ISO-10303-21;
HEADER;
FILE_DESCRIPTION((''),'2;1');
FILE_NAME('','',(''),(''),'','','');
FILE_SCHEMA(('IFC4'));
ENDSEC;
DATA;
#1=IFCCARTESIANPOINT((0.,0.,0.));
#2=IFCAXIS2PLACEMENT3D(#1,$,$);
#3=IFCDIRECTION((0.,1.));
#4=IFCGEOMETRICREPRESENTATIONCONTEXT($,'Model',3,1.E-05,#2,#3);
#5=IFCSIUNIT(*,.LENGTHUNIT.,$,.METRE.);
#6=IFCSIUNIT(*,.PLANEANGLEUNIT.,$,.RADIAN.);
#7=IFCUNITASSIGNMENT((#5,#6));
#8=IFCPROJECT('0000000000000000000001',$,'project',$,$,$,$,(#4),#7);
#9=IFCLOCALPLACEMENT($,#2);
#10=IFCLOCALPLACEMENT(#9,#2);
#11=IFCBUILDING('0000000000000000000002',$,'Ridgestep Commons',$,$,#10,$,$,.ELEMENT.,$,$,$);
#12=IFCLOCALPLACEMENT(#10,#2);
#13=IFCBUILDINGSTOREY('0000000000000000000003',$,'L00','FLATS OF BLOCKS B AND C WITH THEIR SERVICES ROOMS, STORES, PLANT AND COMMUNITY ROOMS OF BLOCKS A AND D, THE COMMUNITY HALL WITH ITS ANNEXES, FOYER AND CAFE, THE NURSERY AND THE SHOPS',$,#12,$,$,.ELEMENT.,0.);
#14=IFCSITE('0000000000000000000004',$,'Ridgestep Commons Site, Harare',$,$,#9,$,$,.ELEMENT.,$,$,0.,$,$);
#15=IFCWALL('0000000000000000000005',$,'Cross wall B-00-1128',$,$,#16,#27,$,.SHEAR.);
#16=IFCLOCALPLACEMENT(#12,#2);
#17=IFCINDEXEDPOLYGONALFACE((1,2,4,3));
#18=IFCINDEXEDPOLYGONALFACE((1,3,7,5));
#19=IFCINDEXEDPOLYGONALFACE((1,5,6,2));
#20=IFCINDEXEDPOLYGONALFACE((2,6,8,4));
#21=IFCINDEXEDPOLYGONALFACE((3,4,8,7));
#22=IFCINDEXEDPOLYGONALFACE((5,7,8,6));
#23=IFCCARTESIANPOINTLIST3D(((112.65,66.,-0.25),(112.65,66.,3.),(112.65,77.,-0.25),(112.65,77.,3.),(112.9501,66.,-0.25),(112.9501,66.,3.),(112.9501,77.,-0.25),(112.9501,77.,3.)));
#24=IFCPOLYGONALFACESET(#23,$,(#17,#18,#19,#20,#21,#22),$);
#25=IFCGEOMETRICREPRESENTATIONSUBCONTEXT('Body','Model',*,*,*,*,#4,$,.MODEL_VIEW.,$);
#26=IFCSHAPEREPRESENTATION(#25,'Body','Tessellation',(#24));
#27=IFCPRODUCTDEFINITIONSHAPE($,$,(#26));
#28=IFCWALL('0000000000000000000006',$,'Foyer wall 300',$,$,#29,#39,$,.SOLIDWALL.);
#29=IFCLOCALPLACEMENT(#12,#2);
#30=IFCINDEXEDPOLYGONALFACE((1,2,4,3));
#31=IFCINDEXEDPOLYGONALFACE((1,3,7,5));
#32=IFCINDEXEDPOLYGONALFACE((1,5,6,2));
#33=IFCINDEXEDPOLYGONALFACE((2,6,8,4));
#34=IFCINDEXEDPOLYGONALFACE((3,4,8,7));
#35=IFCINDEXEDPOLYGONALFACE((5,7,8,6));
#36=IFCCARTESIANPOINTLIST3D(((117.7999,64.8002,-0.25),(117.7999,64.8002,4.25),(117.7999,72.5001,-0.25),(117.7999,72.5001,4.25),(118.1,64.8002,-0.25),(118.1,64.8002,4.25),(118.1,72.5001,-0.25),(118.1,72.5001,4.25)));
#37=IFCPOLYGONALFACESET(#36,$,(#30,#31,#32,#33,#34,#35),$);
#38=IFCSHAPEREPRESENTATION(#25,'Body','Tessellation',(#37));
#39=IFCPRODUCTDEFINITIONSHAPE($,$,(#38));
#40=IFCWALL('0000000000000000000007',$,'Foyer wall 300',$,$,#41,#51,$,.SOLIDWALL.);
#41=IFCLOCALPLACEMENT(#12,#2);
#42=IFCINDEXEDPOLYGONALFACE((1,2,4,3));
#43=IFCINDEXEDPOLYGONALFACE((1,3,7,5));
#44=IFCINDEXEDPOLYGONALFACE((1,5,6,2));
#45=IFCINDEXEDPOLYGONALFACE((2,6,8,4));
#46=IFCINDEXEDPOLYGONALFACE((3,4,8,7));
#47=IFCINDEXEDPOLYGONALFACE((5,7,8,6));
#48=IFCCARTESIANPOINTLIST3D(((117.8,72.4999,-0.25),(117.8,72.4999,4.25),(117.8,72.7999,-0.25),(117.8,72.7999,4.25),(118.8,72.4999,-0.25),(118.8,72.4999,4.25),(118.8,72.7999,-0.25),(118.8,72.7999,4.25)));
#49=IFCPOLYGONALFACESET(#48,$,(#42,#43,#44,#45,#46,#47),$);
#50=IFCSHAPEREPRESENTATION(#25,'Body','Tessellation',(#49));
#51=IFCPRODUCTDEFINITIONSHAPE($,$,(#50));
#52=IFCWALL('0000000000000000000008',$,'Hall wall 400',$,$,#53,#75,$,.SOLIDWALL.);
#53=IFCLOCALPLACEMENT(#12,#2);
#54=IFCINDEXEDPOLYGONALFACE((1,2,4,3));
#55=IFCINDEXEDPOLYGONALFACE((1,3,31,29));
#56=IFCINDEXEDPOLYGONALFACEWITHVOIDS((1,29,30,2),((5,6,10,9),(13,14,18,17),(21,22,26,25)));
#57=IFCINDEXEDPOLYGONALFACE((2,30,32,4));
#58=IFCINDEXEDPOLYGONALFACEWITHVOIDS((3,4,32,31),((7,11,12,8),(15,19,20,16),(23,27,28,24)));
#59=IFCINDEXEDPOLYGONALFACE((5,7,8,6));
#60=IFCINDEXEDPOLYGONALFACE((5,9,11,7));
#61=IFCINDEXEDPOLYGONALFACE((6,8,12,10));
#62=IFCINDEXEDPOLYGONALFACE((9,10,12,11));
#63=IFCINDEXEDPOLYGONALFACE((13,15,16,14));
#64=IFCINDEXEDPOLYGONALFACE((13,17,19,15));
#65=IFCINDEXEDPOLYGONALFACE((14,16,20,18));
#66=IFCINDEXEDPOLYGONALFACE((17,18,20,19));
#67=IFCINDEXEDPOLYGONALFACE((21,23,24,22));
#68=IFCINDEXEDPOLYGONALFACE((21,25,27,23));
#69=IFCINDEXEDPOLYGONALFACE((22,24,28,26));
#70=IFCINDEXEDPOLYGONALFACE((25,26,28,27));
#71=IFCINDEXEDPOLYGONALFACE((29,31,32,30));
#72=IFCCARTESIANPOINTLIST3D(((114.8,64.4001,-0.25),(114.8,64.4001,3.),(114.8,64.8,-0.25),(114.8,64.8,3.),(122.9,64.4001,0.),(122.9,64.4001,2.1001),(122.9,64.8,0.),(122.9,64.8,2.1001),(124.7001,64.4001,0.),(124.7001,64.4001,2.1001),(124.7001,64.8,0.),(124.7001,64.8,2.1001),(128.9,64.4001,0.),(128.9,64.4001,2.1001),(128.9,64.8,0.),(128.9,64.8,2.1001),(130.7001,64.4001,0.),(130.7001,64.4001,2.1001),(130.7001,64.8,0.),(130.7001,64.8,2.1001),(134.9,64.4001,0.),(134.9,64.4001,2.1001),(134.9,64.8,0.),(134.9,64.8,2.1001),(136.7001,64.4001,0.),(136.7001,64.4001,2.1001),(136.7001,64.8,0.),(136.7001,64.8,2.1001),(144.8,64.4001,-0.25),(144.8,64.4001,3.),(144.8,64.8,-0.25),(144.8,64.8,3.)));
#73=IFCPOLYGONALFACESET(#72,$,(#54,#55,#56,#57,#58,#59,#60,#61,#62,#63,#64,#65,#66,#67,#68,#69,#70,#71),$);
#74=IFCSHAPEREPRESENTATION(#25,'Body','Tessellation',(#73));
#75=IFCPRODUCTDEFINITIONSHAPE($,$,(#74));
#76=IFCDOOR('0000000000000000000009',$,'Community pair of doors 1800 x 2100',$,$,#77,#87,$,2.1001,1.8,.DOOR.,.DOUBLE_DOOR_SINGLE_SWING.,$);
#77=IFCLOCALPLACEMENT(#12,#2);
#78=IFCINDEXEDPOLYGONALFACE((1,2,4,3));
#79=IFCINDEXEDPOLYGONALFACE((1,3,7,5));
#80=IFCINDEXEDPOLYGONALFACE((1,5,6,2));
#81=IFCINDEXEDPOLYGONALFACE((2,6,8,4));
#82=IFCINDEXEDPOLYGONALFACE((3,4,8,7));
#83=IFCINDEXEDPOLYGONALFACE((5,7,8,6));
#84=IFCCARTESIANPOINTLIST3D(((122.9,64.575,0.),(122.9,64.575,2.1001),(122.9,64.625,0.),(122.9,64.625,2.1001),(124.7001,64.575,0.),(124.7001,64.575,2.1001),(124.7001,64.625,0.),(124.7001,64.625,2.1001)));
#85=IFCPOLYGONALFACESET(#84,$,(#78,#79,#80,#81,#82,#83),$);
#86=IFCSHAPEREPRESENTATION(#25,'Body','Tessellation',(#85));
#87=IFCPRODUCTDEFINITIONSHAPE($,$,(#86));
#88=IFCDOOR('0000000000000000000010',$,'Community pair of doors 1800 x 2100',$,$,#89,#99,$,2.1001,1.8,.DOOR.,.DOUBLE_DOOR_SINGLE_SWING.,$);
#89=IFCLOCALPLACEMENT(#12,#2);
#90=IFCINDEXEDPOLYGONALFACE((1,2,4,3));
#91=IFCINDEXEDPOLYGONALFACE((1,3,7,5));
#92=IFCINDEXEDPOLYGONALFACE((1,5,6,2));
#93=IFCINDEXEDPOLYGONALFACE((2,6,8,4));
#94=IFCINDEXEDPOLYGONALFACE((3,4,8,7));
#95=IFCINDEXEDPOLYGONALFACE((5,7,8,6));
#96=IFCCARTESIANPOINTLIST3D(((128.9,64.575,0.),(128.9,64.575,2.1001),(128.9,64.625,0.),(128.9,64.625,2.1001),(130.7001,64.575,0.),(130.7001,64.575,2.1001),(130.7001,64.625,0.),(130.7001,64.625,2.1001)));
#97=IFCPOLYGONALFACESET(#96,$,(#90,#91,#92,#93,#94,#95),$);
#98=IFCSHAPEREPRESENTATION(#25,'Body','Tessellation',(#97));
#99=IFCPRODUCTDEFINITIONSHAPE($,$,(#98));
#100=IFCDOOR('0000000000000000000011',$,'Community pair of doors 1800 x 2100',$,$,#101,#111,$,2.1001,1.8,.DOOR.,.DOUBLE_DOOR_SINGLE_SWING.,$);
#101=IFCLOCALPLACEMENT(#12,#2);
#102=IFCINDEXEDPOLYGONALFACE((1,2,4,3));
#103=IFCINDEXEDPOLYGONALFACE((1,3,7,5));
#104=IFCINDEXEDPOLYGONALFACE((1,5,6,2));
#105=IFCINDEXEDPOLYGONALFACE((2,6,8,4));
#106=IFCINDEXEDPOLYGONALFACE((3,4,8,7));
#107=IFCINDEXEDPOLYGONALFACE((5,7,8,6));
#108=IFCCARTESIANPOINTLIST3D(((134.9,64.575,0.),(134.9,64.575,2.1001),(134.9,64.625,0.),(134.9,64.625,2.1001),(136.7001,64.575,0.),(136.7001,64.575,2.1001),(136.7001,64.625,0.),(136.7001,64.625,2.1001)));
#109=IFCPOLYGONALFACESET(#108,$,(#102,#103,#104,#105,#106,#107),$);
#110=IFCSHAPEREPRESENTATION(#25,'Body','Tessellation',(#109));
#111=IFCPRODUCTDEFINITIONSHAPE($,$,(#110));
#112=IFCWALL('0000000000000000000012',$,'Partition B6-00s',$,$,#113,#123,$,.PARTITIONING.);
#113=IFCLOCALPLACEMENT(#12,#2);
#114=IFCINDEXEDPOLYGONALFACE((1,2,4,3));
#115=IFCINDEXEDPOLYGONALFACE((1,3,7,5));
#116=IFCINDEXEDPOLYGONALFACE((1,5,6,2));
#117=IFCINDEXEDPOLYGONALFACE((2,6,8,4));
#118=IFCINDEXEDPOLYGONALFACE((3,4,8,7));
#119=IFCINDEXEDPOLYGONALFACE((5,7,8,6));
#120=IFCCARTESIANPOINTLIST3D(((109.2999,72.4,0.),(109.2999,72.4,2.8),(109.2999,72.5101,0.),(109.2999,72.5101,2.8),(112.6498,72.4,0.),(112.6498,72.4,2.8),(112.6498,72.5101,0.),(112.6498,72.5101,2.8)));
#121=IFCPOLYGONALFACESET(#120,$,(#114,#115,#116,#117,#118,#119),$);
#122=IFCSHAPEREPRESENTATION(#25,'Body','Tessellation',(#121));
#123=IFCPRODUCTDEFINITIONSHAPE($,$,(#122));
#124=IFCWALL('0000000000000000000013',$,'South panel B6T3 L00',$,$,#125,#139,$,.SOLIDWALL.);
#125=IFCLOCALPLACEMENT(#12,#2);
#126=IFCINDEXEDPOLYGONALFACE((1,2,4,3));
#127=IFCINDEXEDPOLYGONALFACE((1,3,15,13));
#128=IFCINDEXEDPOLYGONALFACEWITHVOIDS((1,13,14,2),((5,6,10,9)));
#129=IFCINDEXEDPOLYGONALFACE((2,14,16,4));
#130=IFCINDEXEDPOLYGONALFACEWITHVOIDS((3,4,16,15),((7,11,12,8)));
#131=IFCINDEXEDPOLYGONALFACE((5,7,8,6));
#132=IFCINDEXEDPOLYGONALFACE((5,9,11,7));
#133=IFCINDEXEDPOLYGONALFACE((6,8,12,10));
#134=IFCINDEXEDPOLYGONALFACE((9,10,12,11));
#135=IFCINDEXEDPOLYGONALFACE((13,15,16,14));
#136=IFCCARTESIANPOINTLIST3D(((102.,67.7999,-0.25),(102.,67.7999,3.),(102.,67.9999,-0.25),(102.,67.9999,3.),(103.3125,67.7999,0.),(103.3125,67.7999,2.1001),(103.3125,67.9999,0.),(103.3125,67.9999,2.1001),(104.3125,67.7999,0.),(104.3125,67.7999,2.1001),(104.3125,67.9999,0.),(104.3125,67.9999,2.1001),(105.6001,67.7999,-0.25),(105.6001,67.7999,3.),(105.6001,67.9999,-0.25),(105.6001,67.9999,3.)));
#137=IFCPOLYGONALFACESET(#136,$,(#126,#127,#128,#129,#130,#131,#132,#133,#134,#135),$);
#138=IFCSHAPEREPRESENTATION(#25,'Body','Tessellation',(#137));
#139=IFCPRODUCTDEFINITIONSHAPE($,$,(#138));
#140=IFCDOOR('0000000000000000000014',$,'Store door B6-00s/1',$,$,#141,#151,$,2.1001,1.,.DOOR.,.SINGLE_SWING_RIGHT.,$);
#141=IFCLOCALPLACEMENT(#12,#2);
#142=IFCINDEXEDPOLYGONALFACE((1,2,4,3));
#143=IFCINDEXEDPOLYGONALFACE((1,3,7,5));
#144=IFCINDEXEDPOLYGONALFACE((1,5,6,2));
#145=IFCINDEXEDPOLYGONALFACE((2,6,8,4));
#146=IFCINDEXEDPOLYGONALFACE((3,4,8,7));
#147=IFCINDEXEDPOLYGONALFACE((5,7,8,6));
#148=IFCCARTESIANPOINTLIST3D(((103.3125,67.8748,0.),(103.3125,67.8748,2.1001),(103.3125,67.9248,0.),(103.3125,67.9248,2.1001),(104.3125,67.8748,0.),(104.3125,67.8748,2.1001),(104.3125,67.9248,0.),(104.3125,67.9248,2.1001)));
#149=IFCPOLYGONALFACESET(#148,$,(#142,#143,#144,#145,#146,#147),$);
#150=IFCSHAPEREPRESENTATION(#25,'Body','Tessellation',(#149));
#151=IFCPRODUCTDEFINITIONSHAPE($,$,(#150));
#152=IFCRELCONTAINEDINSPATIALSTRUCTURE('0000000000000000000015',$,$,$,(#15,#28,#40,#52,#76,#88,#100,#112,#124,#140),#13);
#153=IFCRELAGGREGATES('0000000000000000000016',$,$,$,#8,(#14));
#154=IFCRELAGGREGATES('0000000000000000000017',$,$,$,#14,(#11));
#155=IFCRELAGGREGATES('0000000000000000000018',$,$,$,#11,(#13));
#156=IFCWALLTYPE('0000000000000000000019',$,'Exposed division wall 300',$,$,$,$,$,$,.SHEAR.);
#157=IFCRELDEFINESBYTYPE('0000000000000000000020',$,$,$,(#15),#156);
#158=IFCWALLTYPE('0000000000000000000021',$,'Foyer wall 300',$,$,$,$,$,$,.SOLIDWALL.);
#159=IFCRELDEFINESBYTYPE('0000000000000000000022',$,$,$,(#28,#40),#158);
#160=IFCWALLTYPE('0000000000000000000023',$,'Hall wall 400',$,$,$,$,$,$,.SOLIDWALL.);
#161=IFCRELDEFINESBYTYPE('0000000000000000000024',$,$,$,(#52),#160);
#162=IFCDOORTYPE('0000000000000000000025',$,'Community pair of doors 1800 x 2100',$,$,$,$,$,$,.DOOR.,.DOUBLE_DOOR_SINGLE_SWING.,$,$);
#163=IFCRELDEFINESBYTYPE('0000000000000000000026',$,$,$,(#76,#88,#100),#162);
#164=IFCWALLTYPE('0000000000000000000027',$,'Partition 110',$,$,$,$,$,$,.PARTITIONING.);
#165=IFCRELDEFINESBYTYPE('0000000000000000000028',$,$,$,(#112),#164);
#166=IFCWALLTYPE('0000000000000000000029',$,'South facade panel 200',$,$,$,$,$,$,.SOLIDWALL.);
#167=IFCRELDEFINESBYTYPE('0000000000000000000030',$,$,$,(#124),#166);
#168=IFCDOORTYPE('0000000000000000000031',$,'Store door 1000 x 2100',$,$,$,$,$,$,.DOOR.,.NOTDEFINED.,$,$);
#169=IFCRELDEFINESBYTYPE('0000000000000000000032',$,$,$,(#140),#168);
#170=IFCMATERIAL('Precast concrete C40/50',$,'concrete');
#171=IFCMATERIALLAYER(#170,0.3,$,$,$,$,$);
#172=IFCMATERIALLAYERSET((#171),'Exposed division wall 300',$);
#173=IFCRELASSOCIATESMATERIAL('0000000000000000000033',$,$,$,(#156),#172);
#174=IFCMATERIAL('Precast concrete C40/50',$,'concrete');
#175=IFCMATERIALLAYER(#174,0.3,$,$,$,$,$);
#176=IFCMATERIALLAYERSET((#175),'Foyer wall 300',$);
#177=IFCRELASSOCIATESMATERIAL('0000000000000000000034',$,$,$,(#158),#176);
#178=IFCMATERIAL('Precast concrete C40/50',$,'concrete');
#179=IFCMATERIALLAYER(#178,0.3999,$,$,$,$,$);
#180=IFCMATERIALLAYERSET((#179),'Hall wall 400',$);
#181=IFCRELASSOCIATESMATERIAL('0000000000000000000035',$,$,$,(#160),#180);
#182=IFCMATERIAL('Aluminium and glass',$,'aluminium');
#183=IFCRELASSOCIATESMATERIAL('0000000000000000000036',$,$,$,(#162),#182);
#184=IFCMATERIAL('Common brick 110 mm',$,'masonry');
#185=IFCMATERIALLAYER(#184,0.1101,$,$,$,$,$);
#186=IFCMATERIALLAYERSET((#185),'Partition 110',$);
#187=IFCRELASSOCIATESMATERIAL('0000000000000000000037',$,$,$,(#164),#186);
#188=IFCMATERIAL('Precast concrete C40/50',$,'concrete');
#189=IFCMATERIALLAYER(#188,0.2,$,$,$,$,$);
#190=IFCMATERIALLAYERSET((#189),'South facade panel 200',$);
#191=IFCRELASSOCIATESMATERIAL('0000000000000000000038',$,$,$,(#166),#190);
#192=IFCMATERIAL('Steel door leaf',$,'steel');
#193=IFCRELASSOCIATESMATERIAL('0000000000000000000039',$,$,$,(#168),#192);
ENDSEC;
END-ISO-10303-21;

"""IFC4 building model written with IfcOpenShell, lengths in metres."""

from ifc_helpers import new_model, si_unit, direction, frame, frame_2d, origin, place, context, subcontext, project, spatial, rectangle, extrude, material, layer, layer_set, type_object, element, fill, save


model = new_model("IFC4")

# Units and contexts
model_context = context("Model", 3, precision=1e-05, world=origin(), true_north=direction((0.0, 1.0)))
body_context = subcontext(model_context, "Body", "Model", "MODEL_VIEW")
ifc_project = project(units=[si_unit("LENGTHUNIT", "METRE"), si_unit("PLANEANGLEUNIT", "RADIAN")], contexts=[model_context])

# Site, building, storey
site_placement = place(None, origin())
site = spatial("IfcSite", under=ifc_project, at=site_placement, Name="Ridgestep Commons Site, Harare", CompositionType="ELEMENT", RefElevation=0.0)
building_placement = place(site_placement, origin())
building = spatial("IfcBuilding", under=site, at=building_placement, Name="Ridgestep Commons", CompositionType="ELEMENT")
storey_placement = place(building_placement, origin())
storey = spatial("IfcBuildingStorey", under=building, at=storey_placement, Name="L00", Description="FLATS OF BLOCKS B AND C WITH THEIR SERVICES ROOMS, STORES, PLANT AND COMMUNITY ROOMS OF BLOCKS A AND D, THE COMMUNITY HALL WITH ITS ANNEXES, FOYER AND CAFE, THE NURSERY AND THE SHOPS", CompositionType="ELEMENT", Elevation=0.0)

# Walls
ifc_material_1 = material(Name="Precast concrete C40/50", Category="concrete")
ifc_layer_1 = layer(ifc_material_1, 0.3)
ifc_layer_set_1 = layer_set([ifc_layer_1], Name="Exposed division wall 300")
wall_type_1 = type_object("IfcWallType", Name="Exposed division wall 300", PredefinedType="SHEAR", material=ifc_layer_set_1)
wall_1_placement = place(storey_placement, frame((112.8, 66.0, -0.25), z_axis=(0.0, 0.0, 1.0), x_axis=(0.0, 1.0, 0.0)))
element("IfcWall", 1, at=wall_1_placement, inside=storey, type_object=wall_type_1, Name="Cross wall B-00-1128", PredefinedType="SHEAR", context=body_context, shape_type="SweptSolid", body=[
    extrude(rectangle(XDim=11.0, YDim=0.3, at=frame_2d((5.5, 0.0))), origin(), (0.0, 0.0, 1.0), 3.25),
])
ifc_material_2 = material(Name="Precast concrete C40/50", Category="concrete")
ifc_layer_2 = layer(ifc_material_2, 0.3)
ifc_layer_set_2 = layer_set([ifc_layer_2], Name="Foyer wall 300")
wall_type_2 = type_object("IfcWallType", Name="Foyer wall 300", PredefinedType="SOLIDWALL", material=ifc_layer_set_2)
wall_2_placement = place(storey_placement, frame((117.95, 64.8, -0.25), z_axis=(0.0, 0.0, 1.0), x_axis=(0.0, 1.0, 0.0)))
element("IfcWall", 2, at=wall_2_placement, inside=storey, type_object=wall_type_2, Name="Foyer wall 300", PredefinedType="SOLIDWALL", context=body_context, shape_type="SweptSolid", body=[
    extrude(rectangle(XDim=7.7, YDim=0.3, at=frame_2d((3.8501, 0.0))), origin(), (0.0, 0.0, 1.0), 4.5),
])
wall_3_placement = place(storey_placement, frame((117.8, 72.6499, -0.25), z_axis=(0.0, 0.0, 1.0), x_axis=(1.0, 0.0, 0.0)))
element("IfcWall", 3, at=wall_3_placement, inside=storey, type_object=wall_type_2, Name="Foyer wall 300", PredefinedType="SOLIDWALL", context=body_context, shape_type="SweptSolid", body=[
    extrude(rectangle(XDim=1.0, YDim=0.3, at=frame_2d((0.5, 0.0))), origin(), (0.0, 0.0, 1.0), 4.5),
])

# Wall, openings, doors
ifc_material_3 = material(Name="Precast concrete C40/50", Category="concrete")
ifc_layer_3 = layer(ifc_material_3, 0.3999)
ifc_layer_set_3 = layer_set([ifc_layer_3], Name="Hall wall 400")
wall_type_3 = type_object("IfcWallType", Name="Hall wall 400", PredefinedType="SOLIDWALL", material=ifc_layer_set_3)
wall_4_placement = place(storey_placement, frame((114.8, 64.6001, -0.25), z_axis=(0.0, 0.0, 1.0), x_axis=(1.0, 0.0, 0.0)))
wall_4 = element("IfcWall", 4, at=wall_4_placement, inside=storey, type_object=wall_type_3, Name="Hall wall 400", PredefinedType="SOLIDWALL", context=body_context, shape_type="SweptSolid", body=[
    extrude(rectangle(XDim=30.0, YDim=0.3999, at=frame_2d((15.0, 0.0))), origin(), (0.0, 0.0, 1.0), 3.25),
])
opening_1_placement = place(wall_4_placement, frame((8.1001, 0.0, 0.25)))
opening_1 = element("IfcOpeningElement", 5, at=opening_1_placement, cuts=wall_4, PredefinedType="OPENING", context=body_context, shape_type="SweptSolid", body=[
    extrude(rectangle(XDim=1.8, YDim=2.1001, at=frame_2d((0.8999, 1.05))), frame((0.0, 0.21, 0.0), z_axis=(0.0, -1.0, 0.0), x_axis=(1.0, 0.0, 0.0)), (0.0, 0.0, 1.0), 0.4199),
])
opening_2_placement = place(wall_4_placement, frame((14.1001, 0.0, 0.25)))
opening_2 = element("IfcOpeningElement", 6, at=opening_2_placement, cuts=wall_4, PredefinedType="OPENING", context=body_context, shape_type="SweptSolid", body=[
    extrude(rectangle(XDim=1.8, YDim=2.1001, at=frame_2d((0.8999, 1.05))), frame((0.0, 0.21, 0.0), z_axis=(0.0, -1.0, 0.0), x_axis=(1.0, 0.0, 0.0)), (0.0, 0.0, 1.0), 0.4199),
])
opening_3_placement = place(wall_4_placement, frame((20.1001, 0.0, 0.25)))
opening_3 = element("IfcOpeningElement", 7, at=opening_3_placement, cuts=wall_4, PredefinedType="OPENING", context=body_context, shape_type="SweptSolid", body=[
    extrude(rectangle(XDim=1.8, YDim=2.1001, at=frame_2d((0.8999, 1.05))), frame((0.0, 0.21, 0.0), z_axis=(0.0, -1.0, 0.0), x_axis=(1.0, 0.0, 0.0)), (0.0, 0.0, 1.0), 0.4199),
])
ifc_material_4 = material(Name="Aluminium and glass", Category="aluminium")
door_type_1 = type_object("IfcDoorType", Name="Community pair of doors 1800 x 2100", OperationType="DOUBLE_DOOR_SINGLE_SWING", PredefinedType="DOOR", material=ifc_material_4)
door_1_placement = place(opening_1_placement, origin())
door_1 = element("IfcDoor", 8, at=door_1_placement, inside=storey, type_object=door_type_1, Name="Community pair of doors 1800 x 2100", OperationType="DOUBLE_DOOR_SINGLE_SWING", OverallHeight=2.1001, OverallWidth=1.8, PredefinedType="DOOR", context=body_context, shape_type="SweptSolid", body=[
    extrude(rectangle(XDim=1.8, YDim=2.1001, at=frame_2d((0.8999, 1.05))), frame((0.0, 0.0249, 0.0), z_axis=(0.0, -1.0, 0.0), x_axis=(1.0, 0.0, 0.0)), (0.0, 0.0, 1.0), 0.05),
])
fill(opening_1, door_1)
door_2_placement = place(opening_2_placement, origin())
door_2 = element("IfcDoor", 9, at=door_2_placement, inside=storey, type_object=door_type_1, Name="Community pair of doors 1800 x 2100", OperationType="DOUBLE_DOOR_SINGLE_SWING", OverallHeight=2.1001, OverallWidth=1.8, PredefinedType="DOOR", context=body_context, shape_type="SweptSolid", body=[
    extrude(rectangle(XDim=1.8, YDim=2.1001, at=frame_2d((0.8999, 1.05))), frame((0.0, 0.0249, 0.0), z_axis=(0.0, -1.0, 0.0), x_axis=(1.0, 0.0, 0.0)), (0.0, 0.0, 1.0), 0.05),
])
fill(opening_2, door_2)
door_3_placement = place(opening_3_placement, origin())
door_3 = element("IfcDoor", 10, at=door_3_placement, inside=storey, type_object=door_type_1, Name="Community pair of doors 1800 x 2100", OperationType="DOUBLE_DOOR_SINGLE_SWING", OverallHeight=2.1001, OverallWidth=1.8, PredefinedType="DOOR", context=body_context, shape_type="SweptSolid", body=[
    extrude(rectangle(XDim=1.8, YDim=2.1001, at=frame_2d((0.8999, 1.05))), frame((0.0, 0.0249, 0.0), z_axis=(0.0, -1.0, 0.0), x_axis=(1.0, 0.0, 0.0)), (0.0, 0.0, 1.0), 0.05),
])
fill(opening_3, door_3)

# Wall
ifc_material_5 = material(Name="Common brick 110 mm", Category="masonry")
ifc_layer_4 = layer(ifc_material_5, 0.1101)
ifc_layer_set_4 = layer_set([ifc_layer_4], Name="Partition 110")
wall_type_4 = type_object("IfcWallType", Name="Partition 110", PredefinedType="PARTITIONING", material=ifc_layer_set_4)
wall_5_placement = place(storey_placement, frame((109.3, 72.4551, 0.0), z_axis=(0.0, 0.0, 1.0), x_axis=(1.0, 0.0, 0.0)))
element("IfcWall", 11, at=wall_5_placement, inside=storey, type_object=wall_type_4, Name="Partition B6-00s", PredefinedType="PARTITIONING", context=body_context, shape_type="SweptSolid", body=[
    extrude(rectangle(XDim=3.3499, YDim=0.1101, at=frame_2d((1.6748, 0.0))), origin(), (0.0, 0.0, 1.0), 2.8),
])

# Wall, opening, door
ifc_material_6 = material(Name="Precast concrete C40/50", Category="concrete")
ifc_layer_5 = layer(ifc_material_6, 0.2)
ifc_layer_set_5 = layer_set([ifc_layer_5], Name="South facade panel 200")
wall_type_5 = type_object("IfcWallType", Name="South facade panel 200", PredefinedType="SOLIDWALL", material=ifc_layer_set_5)
wall_6_placement = place(storey_placement, frame((102.0, 67.8999, -0.25), z_axis=(0.0, 0.0, 1.0), x_axis=(1.0, 0.0, 0.0)))
wall_6 = element("IfcWall", 12, at=wall_6_placement, inside=storey, type_object=wall_type_5, Name="South panel B6T3 L00", PredefinedType="SOLIDWALL", context=body_context, shape_type="SweptSolid", body=[
    extrude(rectangle(XDim=3.6001, YDim=0.2, at=frame_2d((1.8, 0.0))), origin(), (0.0, 0.0, 1.0), 3.25),
])
opening_4_placement = place(wall_6_placement, frame((1.3125, 0.0, 0.25)))
opening_4 = element("IfcOpeningElement", 13, at=opening_4_placement, cuts=wall_6, PredefinedType="OPENING", context=body_context, shape_type="SweptSolid", body=[
    extrude(rectangle(XDim=1.0, YDim=2.1001, at=frame_2d((0.5, 1.05))), frame((0.0, 0.1099, 0.0), z_axis=(0.0, -1.0, 0.0), x_axis=(1.0, 0.0, 0.0)), (0.0, 0.0, 1.0), 0.22),
])
ifc_material_7 = material(Name="Steel door leaf", Category="steel")
door_type_2 = type_object("IfcDoorType", Name="Store door 1000 x 2100", OperationType="NOTDEFINED", PredefinedType="DOOR", material=ifc_material_7)
door_4_placement = place(opening_4_placement, origin())
door_4 = element("IfcDoor", 14, at=door_4_placement, inside=storey, type_object=door_type_2, Name="Store door B6-00s/1", OperationType="SINGLE_SWING_RIGHT", OverallHeight=2.1001, OverallWidth=1.0, PredefinedType="DOOR", context=body_context, shape_type="SweptSolid", body=[
    extrude(rectangle(XDim=1.0, YDim=2.1001, at=frame_2d((0.5, 1.05))), frame((0.0, 0.0249, 0.0), z_axis=(0.0, -1.0, 0.0), x_axis=(1.0, 0.0, 0.0)), (0.0, 0.0, 1.0), 0.05),
])
fill(opening_4, door_4)

save(model, "model.ifc")
